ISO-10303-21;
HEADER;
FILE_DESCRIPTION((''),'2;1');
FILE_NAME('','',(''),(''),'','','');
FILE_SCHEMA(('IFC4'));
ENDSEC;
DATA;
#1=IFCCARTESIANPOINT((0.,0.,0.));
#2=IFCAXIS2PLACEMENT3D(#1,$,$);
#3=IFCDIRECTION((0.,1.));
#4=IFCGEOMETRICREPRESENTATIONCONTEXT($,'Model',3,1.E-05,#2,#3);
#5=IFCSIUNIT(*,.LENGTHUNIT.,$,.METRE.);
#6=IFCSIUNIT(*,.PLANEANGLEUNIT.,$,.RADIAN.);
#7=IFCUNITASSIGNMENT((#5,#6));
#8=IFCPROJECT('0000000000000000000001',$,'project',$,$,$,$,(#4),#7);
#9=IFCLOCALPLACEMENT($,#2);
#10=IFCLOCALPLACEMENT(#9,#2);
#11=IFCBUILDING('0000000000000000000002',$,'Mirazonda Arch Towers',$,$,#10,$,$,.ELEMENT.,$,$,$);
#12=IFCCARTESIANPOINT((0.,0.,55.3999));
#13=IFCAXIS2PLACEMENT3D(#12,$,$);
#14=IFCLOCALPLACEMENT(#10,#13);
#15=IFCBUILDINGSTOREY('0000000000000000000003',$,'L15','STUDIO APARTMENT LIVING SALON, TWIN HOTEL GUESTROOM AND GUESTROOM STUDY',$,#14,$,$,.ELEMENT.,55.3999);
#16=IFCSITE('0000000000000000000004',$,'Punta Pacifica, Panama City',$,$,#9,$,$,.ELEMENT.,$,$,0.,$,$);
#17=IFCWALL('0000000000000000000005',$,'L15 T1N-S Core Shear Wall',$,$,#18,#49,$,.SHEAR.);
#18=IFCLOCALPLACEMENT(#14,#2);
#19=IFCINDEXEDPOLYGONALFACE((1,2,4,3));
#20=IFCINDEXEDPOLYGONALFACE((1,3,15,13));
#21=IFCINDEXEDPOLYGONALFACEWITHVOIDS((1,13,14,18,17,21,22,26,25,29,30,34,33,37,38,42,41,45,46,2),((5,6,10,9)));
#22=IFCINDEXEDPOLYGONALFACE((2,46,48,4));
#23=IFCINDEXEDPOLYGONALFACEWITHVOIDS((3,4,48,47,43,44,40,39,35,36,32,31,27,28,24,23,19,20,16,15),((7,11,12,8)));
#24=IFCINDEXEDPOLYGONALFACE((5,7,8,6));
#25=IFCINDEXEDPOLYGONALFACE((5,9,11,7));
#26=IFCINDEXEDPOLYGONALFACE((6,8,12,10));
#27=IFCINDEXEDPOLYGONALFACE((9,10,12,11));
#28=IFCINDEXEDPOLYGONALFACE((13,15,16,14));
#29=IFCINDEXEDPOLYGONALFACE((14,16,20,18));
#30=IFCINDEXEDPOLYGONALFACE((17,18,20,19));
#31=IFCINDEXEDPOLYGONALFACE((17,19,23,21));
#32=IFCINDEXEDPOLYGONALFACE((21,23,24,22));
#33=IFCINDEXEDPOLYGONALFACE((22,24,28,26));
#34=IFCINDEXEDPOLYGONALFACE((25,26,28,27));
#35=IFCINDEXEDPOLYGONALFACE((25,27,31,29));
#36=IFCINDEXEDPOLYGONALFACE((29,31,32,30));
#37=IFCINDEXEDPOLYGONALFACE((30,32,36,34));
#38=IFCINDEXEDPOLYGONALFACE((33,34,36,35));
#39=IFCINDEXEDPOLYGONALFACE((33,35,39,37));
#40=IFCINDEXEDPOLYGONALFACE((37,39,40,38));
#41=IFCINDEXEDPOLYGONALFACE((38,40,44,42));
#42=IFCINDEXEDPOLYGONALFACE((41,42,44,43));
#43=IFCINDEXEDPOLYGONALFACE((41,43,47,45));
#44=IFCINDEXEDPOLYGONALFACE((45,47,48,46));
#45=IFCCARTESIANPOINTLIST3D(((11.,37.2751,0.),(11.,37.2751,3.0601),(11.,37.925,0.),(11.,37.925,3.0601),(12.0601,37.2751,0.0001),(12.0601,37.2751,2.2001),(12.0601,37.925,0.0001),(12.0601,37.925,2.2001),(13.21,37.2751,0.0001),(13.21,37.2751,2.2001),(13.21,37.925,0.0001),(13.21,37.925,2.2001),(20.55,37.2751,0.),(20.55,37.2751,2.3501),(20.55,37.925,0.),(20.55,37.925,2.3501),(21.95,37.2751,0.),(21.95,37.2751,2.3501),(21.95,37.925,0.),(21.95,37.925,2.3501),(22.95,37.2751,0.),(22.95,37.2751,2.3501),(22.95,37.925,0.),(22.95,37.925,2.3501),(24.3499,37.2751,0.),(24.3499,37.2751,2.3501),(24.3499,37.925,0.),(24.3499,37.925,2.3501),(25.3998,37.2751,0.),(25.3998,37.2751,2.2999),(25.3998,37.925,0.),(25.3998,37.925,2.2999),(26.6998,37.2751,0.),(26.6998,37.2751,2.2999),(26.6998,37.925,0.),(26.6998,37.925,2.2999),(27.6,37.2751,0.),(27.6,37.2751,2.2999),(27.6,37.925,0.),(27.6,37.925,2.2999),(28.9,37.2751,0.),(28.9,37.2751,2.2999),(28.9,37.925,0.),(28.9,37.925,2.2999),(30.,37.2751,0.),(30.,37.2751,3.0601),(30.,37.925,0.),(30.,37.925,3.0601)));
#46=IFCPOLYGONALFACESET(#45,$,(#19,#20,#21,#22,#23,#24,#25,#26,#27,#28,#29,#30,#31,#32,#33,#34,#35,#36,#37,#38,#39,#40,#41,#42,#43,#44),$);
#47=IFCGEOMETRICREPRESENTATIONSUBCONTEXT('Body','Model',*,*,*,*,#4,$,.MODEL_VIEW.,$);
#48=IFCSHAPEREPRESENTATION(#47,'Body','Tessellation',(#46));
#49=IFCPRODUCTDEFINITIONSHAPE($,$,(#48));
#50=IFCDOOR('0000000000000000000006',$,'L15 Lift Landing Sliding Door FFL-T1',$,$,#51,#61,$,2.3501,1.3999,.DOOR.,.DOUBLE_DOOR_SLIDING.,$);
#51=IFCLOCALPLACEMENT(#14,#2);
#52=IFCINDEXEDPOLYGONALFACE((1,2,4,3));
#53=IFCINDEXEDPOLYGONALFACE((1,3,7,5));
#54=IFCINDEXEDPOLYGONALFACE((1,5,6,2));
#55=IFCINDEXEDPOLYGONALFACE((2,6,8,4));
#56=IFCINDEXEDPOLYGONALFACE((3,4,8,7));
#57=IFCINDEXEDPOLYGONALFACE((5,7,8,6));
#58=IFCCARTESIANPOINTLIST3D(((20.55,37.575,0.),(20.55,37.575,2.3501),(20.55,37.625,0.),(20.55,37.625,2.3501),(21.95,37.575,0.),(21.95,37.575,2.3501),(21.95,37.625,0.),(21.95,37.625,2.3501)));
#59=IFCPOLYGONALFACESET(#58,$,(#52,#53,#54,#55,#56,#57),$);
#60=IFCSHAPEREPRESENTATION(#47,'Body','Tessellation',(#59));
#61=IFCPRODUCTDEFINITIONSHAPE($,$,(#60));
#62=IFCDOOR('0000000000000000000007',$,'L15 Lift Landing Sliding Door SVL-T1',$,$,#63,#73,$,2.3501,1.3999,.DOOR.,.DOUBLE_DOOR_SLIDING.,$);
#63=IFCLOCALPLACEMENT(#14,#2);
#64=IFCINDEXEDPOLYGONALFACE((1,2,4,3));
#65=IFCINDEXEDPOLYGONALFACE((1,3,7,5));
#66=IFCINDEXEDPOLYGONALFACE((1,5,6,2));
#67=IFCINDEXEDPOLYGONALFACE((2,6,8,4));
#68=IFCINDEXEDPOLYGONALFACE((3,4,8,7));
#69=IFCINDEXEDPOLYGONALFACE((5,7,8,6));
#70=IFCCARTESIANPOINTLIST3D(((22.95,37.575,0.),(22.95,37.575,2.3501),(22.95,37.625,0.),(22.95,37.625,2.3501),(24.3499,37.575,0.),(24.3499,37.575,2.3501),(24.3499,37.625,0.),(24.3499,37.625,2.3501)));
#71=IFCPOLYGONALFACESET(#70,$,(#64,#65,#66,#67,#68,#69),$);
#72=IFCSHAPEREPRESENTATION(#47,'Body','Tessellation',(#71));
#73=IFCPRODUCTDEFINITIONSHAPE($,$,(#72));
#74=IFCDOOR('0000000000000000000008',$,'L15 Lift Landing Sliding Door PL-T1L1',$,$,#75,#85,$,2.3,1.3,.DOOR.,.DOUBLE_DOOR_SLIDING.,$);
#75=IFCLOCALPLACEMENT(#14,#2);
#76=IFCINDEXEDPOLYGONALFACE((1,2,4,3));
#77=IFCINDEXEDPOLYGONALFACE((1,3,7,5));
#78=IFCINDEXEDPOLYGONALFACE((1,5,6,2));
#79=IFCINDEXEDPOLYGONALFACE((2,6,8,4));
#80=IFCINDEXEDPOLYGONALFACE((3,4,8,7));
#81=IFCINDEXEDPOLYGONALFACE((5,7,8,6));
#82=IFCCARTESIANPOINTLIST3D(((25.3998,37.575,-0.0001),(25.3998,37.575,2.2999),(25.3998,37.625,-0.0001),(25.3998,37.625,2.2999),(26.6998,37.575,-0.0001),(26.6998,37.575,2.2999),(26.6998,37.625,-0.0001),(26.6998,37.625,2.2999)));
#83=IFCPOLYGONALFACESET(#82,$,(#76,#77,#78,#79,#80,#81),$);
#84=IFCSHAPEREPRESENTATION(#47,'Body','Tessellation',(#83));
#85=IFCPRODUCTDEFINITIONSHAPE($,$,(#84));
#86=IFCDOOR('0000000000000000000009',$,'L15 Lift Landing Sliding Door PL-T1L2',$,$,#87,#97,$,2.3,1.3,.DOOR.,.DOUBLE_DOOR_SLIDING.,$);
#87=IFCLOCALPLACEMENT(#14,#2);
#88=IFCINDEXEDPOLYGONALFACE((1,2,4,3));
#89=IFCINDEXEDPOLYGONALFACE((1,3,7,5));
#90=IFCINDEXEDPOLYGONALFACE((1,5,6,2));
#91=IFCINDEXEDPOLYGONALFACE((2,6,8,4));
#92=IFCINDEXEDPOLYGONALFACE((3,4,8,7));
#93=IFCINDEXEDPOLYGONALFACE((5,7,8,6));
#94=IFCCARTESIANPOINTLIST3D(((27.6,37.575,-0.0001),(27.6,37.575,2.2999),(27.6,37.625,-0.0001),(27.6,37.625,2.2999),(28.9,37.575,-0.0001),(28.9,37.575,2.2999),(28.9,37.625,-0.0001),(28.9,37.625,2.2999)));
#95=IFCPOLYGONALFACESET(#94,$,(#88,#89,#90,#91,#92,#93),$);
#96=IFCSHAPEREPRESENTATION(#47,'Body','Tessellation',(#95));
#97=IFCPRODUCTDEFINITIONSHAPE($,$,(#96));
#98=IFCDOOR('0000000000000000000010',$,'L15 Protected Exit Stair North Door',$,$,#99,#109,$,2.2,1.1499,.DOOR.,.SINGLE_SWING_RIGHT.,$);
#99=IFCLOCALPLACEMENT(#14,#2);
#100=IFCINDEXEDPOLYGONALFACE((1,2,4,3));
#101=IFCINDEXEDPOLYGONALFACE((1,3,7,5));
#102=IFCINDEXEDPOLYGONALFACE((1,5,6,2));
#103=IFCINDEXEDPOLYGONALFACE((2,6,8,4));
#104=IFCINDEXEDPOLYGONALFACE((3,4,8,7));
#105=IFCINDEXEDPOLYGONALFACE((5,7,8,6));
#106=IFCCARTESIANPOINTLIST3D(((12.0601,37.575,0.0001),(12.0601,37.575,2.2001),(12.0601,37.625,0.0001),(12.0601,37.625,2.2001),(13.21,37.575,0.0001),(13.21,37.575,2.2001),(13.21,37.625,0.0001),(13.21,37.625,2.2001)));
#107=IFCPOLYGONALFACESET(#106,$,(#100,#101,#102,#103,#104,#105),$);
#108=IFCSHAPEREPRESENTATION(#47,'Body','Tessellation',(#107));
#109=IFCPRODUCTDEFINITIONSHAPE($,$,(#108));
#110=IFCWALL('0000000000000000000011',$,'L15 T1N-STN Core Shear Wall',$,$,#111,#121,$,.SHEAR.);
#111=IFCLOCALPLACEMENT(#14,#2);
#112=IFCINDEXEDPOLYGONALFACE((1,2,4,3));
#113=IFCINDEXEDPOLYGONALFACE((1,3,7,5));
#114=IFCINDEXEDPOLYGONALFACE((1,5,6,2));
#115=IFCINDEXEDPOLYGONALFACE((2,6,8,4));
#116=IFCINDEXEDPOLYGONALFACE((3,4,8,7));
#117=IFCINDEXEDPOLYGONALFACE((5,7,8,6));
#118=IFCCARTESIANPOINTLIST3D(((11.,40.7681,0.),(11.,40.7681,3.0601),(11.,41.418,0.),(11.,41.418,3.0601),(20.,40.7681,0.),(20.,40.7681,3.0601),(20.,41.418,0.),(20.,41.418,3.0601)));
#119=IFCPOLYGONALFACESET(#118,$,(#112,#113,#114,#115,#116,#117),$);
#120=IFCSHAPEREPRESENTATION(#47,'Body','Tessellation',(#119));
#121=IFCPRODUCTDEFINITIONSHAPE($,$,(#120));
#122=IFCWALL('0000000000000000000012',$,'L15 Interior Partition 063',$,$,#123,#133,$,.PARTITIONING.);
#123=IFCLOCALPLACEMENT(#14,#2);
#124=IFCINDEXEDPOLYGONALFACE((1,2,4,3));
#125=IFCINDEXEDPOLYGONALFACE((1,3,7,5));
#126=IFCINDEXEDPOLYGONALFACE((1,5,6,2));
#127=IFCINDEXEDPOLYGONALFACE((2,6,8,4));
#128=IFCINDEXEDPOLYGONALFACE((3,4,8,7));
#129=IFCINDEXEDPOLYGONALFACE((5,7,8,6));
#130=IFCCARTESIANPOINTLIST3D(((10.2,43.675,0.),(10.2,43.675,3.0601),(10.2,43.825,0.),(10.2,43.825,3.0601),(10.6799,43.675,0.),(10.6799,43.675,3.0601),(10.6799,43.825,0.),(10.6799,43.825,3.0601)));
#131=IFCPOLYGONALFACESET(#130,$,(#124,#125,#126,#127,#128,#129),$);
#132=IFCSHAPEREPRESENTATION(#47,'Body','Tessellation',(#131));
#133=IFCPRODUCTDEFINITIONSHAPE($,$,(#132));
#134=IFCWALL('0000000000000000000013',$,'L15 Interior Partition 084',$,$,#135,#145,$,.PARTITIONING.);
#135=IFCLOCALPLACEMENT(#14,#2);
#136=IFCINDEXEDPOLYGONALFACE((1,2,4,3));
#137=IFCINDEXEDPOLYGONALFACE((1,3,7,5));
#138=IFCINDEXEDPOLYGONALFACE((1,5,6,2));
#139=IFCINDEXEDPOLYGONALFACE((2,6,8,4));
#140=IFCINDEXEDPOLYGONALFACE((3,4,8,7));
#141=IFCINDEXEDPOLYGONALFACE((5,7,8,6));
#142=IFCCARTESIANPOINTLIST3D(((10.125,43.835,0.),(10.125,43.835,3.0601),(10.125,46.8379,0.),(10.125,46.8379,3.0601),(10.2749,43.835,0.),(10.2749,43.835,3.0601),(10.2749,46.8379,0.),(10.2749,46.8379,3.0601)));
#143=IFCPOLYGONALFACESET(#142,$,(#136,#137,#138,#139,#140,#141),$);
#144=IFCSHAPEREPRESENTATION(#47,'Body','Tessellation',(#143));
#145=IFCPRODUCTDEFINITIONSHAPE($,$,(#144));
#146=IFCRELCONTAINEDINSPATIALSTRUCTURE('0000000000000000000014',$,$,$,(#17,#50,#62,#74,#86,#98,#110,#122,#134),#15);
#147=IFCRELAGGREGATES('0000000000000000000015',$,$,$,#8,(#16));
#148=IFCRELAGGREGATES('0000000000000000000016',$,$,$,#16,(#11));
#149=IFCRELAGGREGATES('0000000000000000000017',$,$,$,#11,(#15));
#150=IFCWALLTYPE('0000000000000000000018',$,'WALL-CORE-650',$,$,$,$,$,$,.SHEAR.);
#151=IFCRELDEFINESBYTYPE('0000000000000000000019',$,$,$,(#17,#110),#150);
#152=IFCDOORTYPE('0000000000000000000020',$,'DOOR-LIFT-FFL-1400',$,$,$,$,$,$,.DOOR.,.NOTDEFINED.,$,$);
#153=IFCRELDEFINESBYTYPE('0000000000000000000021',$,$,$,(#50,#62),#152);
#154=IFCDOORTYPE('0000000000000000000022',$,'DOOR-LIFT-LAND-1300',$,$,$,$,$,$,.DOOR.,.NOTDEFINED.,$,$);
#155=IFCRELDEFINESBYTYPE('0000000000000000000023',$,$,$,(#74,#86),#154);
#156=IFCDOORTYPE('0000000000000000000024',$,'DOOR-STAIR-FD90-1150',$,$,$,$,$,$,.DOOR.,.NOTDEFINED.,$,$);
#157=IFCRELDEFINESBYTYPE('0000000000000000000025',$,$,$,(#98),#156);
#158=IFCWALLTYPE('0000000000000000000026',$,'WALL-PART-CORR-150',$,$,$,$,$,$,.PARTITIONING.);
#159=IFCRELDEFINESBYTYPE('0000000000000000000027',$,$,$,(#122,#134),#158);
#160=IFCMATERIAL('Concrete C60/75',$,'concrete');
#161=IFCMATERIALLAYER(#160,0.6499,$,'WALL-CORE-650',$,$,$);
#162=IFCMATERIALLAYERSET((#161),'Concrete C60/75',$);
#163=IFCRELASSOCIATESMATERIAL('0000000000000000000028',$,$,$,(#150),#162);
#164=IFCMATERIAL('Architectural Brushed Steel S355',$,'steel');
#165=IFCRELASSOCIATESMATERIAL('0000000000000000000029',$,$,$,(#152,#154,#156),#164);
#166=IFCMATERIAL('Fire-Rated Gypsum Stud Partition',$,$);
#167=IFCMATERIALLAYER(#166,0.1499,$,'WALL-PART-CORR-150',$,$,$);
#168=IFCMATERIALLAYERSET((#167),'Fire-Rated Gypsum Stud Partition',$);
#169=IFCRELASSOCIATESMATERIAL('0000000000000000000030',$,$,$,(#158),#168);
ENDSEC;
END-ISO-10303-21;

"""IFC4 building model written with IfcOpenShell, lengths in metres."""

from ifc_helpers import new_model, si_unit, direction, frame, frame_2d, origin, place, context, subcontext, project, spatial, rectangle, extrude, material, layer, layer_set, type_object, element, fill, save


model = new_model("IFC4")

# Units and contexts
model_context = context("Model", 3, precision=1e-05, world=origin(), true_north=direction((0.0, 1.0)))
body_context = subcontext(model_context, "Body", "Model", "MODEL_VIEW")
ifc_project = project(units=[si_unit("LENGTHUNIT", "METRE"), si_unit("PLANEANGLEUNIT", "RADIAN")], contexts=[model_context])

# Site, building, storey
site_placement = place(None, origin())
site = spatial("IfcSite", under=ifc_project, at=site_placement, Name="Punta Pacifica, Panama City", CompositionType="ELEMENT", RefElevation=0.0)
building_placement = place(site_placement, origin())
building = spatial("IfcBuilding", under=site, at=building_placement, Name="Mirazonda Arch Towers", CompositionType="ELEMENT")
storey_placement = place(building_placement, frame((0.0, 0.0, 55.3999)))
storey = spatial("IfcBuildingStorey", under=building, at=storey_placement, Name="L15", Description="STUDIO APARTMENT LIVING SALON, TWIN HOTEL GUESTROOM AND GUESTROOM STUDY", CompositionType="ELEMENT", Elevation=55.3999)

# Shared definitions
ifc_material_1 = material(Name="Concrete C60/75", Category="concrete")

# Shared definitions
ifc_layer_1 = layer(ifc_material_1, 0.6499, Name="WALL-CORE-650")
ifc_layer_set_1 = layer_set([ifc_layer_1], Name="Concrete C60/75")
wall_type_1 = type_object("IfcWallType", Name="WALL-CORE-650", PredefinedType="SHEAR", material=ifc_layer_set_1)

# Wall, openings, doors
wall_1_placement = place(storey_placement, frame((11.0, 37.6001, 0.0), z_axis=(0.0, 0.0, 1.0), x_axis=(1.0, 0.0, 0.0)))
wall_1 = element("IfcWall", 1, at=wall_1_placement, inside=storey, type_object=wall_type_1, Name="L15 T1N-S Core Shear Wall", PredefinedType="SHEAR", context=body_context, shape_type="SweptSolid", body=[
    extrude(rectangle(XDim=19.0, YDim=0.6499, at=frame_2d((9.5, 0.0))), origin(), (0.0, 0.0, 1.0), 3.0601),
])
opening_1_placement = place(wall_1_placement, frame((1.0601, 0.0, 0.0)))
opening_1 = element("IfcOpeningElement", 2, at=opening_1_placement, cuts=wall_1, PredefinedType="OPENING", context=body_context, shape_type="SweptSolid", body=[
    extrude(rectangle(XDim=1.1499, YDim=2.2, at=frame_2d((0.575, 1.1001))), frame((0.0, 0.335, 0.0), z_axis=(0.0, -1.0, 0.0), x_axis=(1.0, 0.0, 0.0)), (0.0, 0.0, 1.0), 0.6699),
])
opening_2_placement = place(wall_1_placement, frame((9.55, 0.0, 0.0)))
opening_2 = element("IfcOpeningElement", 3, at=opening_2_placement, cuts=wall_1, PredefinedType="OPENING", context=body_context, shape_type="SweptSolid", body=[
    extrude(rectangle(XDim=1.3999, YDim=2.3501, at=frame_2d((0.7, 1.175))), frame((0.0, 0.335, 0.0), z_axis=(0.0, -1.0, 0.0), x_axis=(1.0, 0.0, 0.0)), (0.0, 0.0, 1.0), 0.6699),
])
opening_3_placement = place(wall_1_placement, frame((11.95, 0.0, 0.0)))
opening_3 = element("IfcOpeningElement", 4, at=opening_3_placement, cuts=wall_1, PredefinedType="OPENING", context=body_context, shape_type="SweptSolid", body=[
    extrude(rectangle(XDim=1.3999, YDim=2.3501, at=frame_2d((0.7, 1.175))), frame((0.0, 0.335, 0.0), z_axis=(0.0, -1.0, 0.0), x_axis=(1.0, 0.0, 0.0)), (0.0, 0.0, 1.0), 0.6699),
])
opening_4_placement = place(wall_1_placement, frame((14.3999, 0.0, 0.0)))
opening_4 = element("IfcOpeningElement", 5, at=opening_4_placement, cuts=wall_1, PredefinedType="OPENING", context=body_context, shape_type="SweptSolid", body=[
    extrude(rectangle(XDim=1.3, YDim=2.3, at=frame_2d((0.6499, 1.1499))), frame((0.0, 0.335, 0.0), z_axis=(0.0, -1.0, 0.0), x_axis=(1.0, 0.0, 0.0)), (0.0, 0.0, 1.0), 0.6699),
])
opening_5_placement = place(wall_1_placement, frame((16.6001, 0.0, 0.0)))
opening_5 = element("IfcOpeningElement", 6, at=opening_5_placement, cuts=wall_1, PredefinedType="OPENING", context=body_context, shape_type="SweptSolid", body=[
    extrude(rectangle(XDim=1.3, YDim=2.3, at=frame_2d((0.6499, 1.1499))), frame((0.0, 0.335, 0.0), z_axis=(0.0, -1.0, 0.0), x_axis=(1.0, 0.0, 0.0)), (0.0, 0.0, 1.0), 0.6699),
])
ifc_material_2 = material(Name="Architectural Brushed Steel S355", Category="steel")
door_type_1 = type_object("IfcDoorType", Name="DOOR-LIFT-FFL-1400", OperationType="NOTDEFINED", PredefinedType="DOOR", material=ifc_material_2)
door_1_placement = place(opening_2_placement, origin())
door_1 = element("IfcDoor", 7, at=door_1_placement, inside=storey, type_object=door_type_1, Name="L15 Lift Landing Sliding Door FFL-T1", OperationType="DOUBLE_DOOR_SLIDING", OverallHeight=2.3501, OverallWidth=1.3999, PredefinedType="DOOR", context=body_context, shape_type="SweptSolid", body=[
    extrude(rectangle(XDim=1.3999, YDim=2.3501, at=frame_2d((0.7, 1.175))), frame((0.0, 0.0249, 0.0), z_axis=(0.0, -1.0, 0.0), x_axis=(1.0, 0.0, 0.0)), (0.0, 0.0, 1.0), 0.05),
])
fill(opening_2, door_1)
door_2_placement = place(opening_3_placement, origin())
door_2 = element("IfcDoor", 8, at=door_2_placement, inside=storey, type_object=door_type_1, Name="L15 Lift Landing Sliding Door SVL-T1", OperationType="DOUBLE_DOOR_SLIDING", OverallHeight=2.3501, OverallWidth=1.3999, PredefinedType="DOOR", context=body_context, shape_type="SweptSolid", body=[
    extrude(rectangle(XDim=1.3999, YDim=2.3501, at=frame_2d((0.7, 1.175))), frame((0.0, 0.0249, 0.0), z_axis=(0.0, -1.0, 0.0), x_axis=(1.0, 0.0, 0.0)), (0.0, 0.0, 1.0), 0.05),
])
fill(opening_3, door_2)
door_type_2 = type_object("IfcDoorType", Name="DOOR-LIFT-LAND-1300", OperationType="NOTDEFINED", PredefinedType="DOOR", material=ifc_material_2)
door_3_placement = place(opening_4_placement, origin())
door_3 = element("IfcDoor", 9, at=door_3_placement, inside=storey, type_object=door_type_2, Name="L15 Lift Landing Sliding Door PL-T1L1", OperationType="DOUBLE_DOOR_SLIDING", OverallHeight=2.3, OverallWidth=1.3, PredefinedType="DOOR", context=body_context, shape_type="SweptSolid", body=[
    extrude(rectangle(XDim=1.3, YDim=2.3, at=frame_2d((0.6499, 1.1499))), frame((0.0, 0.0249, 0.0), z_axis=(0.0, -1.0, 0.0), x_axis=(1.0, 0.0, 0.0)), (0.0, 0.0, 1.0), 0.05),
])
fill(opening_4, door_3)
door_4_placement = place(opening_5_placement, origin())
door_4 = element("IfcDoor", 10, at=door_4_placement, inside=storey, type_object=door_type_2, Name="L15 Lift Landing Sliding Door PL-T1L2", OperationType="DOUBLE_DOOR_SLIDING", OverallHeight=2.3, OverallWidth=1.3, PredefinedType="DOOR", context=body_context, shape_type="SweptSolid", body=[
    extrude(rectangle(XDim=1.3, YDim=2.3, at=frame_2d((0.6499, 1.1499))), frame((0.0, 0.0249, 0.0), z_axis=(0.0, -1.0, 0.0), x_axis=(1.0, 0.0, 0.0)), (0.0, 0.0, 1.0), 0.05),
])
fill(opening_5, door_4)
door_type_3 = type_object("IfcDoorType", Name="DOOR-STAIR-FD90-1150", OperationType="NOTDEFINED", PredefinedType="DOOR", material=ifc_material_2)
door_5_placement = place(opening_1_placement, origin())
door_5 = element("IfcDoor", 11, at=door_5_placement, inside=storey, type_object=door_type_3, Name="L15 Protected Exit Stair North Door", OperationType="SINGLE_SWING_RIGHT", OverallHeight=2.2, OverallWidth=1.1499, PredefinedType="DOOR", context=body_context, shape_type="SweptSolid", body=[
    extrude(rectangle(XDim=1.1499, YDim=2.2, at=frame_2d((0.575, 1.1001))), frame((0.0, 0.0249, 0.0), z_axis=(0.0, -1.0, 0.0), x_axis=(1.0, 0.0, 0.0)), (0.0, 0.0, 1.0), 0.05),
])
fill(opening_1, door_5)

# Walls
wall_2_placement = place(storey_placement, frame((11.0, 41.093, 0.0), z_axis=(0.0, 0.0, 1.0), x_axis=(1.0, 0.0, 0.0)))
element("IfcWall", 12, at=wall_2_placement, inside=storey, type_object=wall_type_1, Name="L15 T1N-STN Core Shear Wall", PredefinedType="SHEAR", context=body_context, shape_type="SweptSolid", body=[
    extrude(rectangle(XDim=9.0, YDim=0.6499, at=frame_2d((4.5, 0.0))), origin(), (0.0, 0.0, 1.0), 3.0601),
])
ifc_material_3 = material(Name="Fire-Rated Gypsum Stud Partition")
ifc_layer_2 = layer(ifc_material_3, 0.1499, Name="WALL-PART-CORR-150")
ifc_layer_set_2 = layer_set([ifc_layer_2], Name="Fire-Rated Gypsum Stud Partition")
wall_type_2 = type_object("IfcWallType", Name="WALL-PART-CORR-150", PredefinedType="PARTITIONING", material=ifc_layer_set_2)
wall_3_placement = place(storey_placement, frame((10.2, 43.75, 0.0), z_axis=(0.0, 0.0, 1.0), x_axis=(1.0, 0.0, 0.0)))
element("IfcWall", 13, at=wall_3_placement, inside=storey, type_object=wall_type_2, Name="L15 Interior Partition 063", PredefinedType="PARTITIONING", context=body_context, shape_type="SweptSolid", body=[
    extrude(rectangle(XDim=0.48, YDim=0.1499, at=frame_2d((0.24, 0.0))), origin(), (0.0, 0.0, 1.0), 3.0601),
])
wall_4_placement = place(storey_placement, frame((10.2, 43.835, 0.0), z_axis=(0.0, 0.0, 1.0), x_axis=(0.0, 1.0, 0.0)))
element("IfcWall", 14, at=wall_4_placement, inside=storey, type_object=wall_type_2, Name="L15 Interior Partition 084", PredefinedType="PARTITIONING", context=body_context, shape_type="SweptSolid", body=[
    extrude(rectangle(XDim=3.0029, YDim=0.1499, at=frame_2d((1.5015, 0.0))), origin(), (0.0, 0.0, 1.0), 3.0601),
])

save(model, "model.ifc")
